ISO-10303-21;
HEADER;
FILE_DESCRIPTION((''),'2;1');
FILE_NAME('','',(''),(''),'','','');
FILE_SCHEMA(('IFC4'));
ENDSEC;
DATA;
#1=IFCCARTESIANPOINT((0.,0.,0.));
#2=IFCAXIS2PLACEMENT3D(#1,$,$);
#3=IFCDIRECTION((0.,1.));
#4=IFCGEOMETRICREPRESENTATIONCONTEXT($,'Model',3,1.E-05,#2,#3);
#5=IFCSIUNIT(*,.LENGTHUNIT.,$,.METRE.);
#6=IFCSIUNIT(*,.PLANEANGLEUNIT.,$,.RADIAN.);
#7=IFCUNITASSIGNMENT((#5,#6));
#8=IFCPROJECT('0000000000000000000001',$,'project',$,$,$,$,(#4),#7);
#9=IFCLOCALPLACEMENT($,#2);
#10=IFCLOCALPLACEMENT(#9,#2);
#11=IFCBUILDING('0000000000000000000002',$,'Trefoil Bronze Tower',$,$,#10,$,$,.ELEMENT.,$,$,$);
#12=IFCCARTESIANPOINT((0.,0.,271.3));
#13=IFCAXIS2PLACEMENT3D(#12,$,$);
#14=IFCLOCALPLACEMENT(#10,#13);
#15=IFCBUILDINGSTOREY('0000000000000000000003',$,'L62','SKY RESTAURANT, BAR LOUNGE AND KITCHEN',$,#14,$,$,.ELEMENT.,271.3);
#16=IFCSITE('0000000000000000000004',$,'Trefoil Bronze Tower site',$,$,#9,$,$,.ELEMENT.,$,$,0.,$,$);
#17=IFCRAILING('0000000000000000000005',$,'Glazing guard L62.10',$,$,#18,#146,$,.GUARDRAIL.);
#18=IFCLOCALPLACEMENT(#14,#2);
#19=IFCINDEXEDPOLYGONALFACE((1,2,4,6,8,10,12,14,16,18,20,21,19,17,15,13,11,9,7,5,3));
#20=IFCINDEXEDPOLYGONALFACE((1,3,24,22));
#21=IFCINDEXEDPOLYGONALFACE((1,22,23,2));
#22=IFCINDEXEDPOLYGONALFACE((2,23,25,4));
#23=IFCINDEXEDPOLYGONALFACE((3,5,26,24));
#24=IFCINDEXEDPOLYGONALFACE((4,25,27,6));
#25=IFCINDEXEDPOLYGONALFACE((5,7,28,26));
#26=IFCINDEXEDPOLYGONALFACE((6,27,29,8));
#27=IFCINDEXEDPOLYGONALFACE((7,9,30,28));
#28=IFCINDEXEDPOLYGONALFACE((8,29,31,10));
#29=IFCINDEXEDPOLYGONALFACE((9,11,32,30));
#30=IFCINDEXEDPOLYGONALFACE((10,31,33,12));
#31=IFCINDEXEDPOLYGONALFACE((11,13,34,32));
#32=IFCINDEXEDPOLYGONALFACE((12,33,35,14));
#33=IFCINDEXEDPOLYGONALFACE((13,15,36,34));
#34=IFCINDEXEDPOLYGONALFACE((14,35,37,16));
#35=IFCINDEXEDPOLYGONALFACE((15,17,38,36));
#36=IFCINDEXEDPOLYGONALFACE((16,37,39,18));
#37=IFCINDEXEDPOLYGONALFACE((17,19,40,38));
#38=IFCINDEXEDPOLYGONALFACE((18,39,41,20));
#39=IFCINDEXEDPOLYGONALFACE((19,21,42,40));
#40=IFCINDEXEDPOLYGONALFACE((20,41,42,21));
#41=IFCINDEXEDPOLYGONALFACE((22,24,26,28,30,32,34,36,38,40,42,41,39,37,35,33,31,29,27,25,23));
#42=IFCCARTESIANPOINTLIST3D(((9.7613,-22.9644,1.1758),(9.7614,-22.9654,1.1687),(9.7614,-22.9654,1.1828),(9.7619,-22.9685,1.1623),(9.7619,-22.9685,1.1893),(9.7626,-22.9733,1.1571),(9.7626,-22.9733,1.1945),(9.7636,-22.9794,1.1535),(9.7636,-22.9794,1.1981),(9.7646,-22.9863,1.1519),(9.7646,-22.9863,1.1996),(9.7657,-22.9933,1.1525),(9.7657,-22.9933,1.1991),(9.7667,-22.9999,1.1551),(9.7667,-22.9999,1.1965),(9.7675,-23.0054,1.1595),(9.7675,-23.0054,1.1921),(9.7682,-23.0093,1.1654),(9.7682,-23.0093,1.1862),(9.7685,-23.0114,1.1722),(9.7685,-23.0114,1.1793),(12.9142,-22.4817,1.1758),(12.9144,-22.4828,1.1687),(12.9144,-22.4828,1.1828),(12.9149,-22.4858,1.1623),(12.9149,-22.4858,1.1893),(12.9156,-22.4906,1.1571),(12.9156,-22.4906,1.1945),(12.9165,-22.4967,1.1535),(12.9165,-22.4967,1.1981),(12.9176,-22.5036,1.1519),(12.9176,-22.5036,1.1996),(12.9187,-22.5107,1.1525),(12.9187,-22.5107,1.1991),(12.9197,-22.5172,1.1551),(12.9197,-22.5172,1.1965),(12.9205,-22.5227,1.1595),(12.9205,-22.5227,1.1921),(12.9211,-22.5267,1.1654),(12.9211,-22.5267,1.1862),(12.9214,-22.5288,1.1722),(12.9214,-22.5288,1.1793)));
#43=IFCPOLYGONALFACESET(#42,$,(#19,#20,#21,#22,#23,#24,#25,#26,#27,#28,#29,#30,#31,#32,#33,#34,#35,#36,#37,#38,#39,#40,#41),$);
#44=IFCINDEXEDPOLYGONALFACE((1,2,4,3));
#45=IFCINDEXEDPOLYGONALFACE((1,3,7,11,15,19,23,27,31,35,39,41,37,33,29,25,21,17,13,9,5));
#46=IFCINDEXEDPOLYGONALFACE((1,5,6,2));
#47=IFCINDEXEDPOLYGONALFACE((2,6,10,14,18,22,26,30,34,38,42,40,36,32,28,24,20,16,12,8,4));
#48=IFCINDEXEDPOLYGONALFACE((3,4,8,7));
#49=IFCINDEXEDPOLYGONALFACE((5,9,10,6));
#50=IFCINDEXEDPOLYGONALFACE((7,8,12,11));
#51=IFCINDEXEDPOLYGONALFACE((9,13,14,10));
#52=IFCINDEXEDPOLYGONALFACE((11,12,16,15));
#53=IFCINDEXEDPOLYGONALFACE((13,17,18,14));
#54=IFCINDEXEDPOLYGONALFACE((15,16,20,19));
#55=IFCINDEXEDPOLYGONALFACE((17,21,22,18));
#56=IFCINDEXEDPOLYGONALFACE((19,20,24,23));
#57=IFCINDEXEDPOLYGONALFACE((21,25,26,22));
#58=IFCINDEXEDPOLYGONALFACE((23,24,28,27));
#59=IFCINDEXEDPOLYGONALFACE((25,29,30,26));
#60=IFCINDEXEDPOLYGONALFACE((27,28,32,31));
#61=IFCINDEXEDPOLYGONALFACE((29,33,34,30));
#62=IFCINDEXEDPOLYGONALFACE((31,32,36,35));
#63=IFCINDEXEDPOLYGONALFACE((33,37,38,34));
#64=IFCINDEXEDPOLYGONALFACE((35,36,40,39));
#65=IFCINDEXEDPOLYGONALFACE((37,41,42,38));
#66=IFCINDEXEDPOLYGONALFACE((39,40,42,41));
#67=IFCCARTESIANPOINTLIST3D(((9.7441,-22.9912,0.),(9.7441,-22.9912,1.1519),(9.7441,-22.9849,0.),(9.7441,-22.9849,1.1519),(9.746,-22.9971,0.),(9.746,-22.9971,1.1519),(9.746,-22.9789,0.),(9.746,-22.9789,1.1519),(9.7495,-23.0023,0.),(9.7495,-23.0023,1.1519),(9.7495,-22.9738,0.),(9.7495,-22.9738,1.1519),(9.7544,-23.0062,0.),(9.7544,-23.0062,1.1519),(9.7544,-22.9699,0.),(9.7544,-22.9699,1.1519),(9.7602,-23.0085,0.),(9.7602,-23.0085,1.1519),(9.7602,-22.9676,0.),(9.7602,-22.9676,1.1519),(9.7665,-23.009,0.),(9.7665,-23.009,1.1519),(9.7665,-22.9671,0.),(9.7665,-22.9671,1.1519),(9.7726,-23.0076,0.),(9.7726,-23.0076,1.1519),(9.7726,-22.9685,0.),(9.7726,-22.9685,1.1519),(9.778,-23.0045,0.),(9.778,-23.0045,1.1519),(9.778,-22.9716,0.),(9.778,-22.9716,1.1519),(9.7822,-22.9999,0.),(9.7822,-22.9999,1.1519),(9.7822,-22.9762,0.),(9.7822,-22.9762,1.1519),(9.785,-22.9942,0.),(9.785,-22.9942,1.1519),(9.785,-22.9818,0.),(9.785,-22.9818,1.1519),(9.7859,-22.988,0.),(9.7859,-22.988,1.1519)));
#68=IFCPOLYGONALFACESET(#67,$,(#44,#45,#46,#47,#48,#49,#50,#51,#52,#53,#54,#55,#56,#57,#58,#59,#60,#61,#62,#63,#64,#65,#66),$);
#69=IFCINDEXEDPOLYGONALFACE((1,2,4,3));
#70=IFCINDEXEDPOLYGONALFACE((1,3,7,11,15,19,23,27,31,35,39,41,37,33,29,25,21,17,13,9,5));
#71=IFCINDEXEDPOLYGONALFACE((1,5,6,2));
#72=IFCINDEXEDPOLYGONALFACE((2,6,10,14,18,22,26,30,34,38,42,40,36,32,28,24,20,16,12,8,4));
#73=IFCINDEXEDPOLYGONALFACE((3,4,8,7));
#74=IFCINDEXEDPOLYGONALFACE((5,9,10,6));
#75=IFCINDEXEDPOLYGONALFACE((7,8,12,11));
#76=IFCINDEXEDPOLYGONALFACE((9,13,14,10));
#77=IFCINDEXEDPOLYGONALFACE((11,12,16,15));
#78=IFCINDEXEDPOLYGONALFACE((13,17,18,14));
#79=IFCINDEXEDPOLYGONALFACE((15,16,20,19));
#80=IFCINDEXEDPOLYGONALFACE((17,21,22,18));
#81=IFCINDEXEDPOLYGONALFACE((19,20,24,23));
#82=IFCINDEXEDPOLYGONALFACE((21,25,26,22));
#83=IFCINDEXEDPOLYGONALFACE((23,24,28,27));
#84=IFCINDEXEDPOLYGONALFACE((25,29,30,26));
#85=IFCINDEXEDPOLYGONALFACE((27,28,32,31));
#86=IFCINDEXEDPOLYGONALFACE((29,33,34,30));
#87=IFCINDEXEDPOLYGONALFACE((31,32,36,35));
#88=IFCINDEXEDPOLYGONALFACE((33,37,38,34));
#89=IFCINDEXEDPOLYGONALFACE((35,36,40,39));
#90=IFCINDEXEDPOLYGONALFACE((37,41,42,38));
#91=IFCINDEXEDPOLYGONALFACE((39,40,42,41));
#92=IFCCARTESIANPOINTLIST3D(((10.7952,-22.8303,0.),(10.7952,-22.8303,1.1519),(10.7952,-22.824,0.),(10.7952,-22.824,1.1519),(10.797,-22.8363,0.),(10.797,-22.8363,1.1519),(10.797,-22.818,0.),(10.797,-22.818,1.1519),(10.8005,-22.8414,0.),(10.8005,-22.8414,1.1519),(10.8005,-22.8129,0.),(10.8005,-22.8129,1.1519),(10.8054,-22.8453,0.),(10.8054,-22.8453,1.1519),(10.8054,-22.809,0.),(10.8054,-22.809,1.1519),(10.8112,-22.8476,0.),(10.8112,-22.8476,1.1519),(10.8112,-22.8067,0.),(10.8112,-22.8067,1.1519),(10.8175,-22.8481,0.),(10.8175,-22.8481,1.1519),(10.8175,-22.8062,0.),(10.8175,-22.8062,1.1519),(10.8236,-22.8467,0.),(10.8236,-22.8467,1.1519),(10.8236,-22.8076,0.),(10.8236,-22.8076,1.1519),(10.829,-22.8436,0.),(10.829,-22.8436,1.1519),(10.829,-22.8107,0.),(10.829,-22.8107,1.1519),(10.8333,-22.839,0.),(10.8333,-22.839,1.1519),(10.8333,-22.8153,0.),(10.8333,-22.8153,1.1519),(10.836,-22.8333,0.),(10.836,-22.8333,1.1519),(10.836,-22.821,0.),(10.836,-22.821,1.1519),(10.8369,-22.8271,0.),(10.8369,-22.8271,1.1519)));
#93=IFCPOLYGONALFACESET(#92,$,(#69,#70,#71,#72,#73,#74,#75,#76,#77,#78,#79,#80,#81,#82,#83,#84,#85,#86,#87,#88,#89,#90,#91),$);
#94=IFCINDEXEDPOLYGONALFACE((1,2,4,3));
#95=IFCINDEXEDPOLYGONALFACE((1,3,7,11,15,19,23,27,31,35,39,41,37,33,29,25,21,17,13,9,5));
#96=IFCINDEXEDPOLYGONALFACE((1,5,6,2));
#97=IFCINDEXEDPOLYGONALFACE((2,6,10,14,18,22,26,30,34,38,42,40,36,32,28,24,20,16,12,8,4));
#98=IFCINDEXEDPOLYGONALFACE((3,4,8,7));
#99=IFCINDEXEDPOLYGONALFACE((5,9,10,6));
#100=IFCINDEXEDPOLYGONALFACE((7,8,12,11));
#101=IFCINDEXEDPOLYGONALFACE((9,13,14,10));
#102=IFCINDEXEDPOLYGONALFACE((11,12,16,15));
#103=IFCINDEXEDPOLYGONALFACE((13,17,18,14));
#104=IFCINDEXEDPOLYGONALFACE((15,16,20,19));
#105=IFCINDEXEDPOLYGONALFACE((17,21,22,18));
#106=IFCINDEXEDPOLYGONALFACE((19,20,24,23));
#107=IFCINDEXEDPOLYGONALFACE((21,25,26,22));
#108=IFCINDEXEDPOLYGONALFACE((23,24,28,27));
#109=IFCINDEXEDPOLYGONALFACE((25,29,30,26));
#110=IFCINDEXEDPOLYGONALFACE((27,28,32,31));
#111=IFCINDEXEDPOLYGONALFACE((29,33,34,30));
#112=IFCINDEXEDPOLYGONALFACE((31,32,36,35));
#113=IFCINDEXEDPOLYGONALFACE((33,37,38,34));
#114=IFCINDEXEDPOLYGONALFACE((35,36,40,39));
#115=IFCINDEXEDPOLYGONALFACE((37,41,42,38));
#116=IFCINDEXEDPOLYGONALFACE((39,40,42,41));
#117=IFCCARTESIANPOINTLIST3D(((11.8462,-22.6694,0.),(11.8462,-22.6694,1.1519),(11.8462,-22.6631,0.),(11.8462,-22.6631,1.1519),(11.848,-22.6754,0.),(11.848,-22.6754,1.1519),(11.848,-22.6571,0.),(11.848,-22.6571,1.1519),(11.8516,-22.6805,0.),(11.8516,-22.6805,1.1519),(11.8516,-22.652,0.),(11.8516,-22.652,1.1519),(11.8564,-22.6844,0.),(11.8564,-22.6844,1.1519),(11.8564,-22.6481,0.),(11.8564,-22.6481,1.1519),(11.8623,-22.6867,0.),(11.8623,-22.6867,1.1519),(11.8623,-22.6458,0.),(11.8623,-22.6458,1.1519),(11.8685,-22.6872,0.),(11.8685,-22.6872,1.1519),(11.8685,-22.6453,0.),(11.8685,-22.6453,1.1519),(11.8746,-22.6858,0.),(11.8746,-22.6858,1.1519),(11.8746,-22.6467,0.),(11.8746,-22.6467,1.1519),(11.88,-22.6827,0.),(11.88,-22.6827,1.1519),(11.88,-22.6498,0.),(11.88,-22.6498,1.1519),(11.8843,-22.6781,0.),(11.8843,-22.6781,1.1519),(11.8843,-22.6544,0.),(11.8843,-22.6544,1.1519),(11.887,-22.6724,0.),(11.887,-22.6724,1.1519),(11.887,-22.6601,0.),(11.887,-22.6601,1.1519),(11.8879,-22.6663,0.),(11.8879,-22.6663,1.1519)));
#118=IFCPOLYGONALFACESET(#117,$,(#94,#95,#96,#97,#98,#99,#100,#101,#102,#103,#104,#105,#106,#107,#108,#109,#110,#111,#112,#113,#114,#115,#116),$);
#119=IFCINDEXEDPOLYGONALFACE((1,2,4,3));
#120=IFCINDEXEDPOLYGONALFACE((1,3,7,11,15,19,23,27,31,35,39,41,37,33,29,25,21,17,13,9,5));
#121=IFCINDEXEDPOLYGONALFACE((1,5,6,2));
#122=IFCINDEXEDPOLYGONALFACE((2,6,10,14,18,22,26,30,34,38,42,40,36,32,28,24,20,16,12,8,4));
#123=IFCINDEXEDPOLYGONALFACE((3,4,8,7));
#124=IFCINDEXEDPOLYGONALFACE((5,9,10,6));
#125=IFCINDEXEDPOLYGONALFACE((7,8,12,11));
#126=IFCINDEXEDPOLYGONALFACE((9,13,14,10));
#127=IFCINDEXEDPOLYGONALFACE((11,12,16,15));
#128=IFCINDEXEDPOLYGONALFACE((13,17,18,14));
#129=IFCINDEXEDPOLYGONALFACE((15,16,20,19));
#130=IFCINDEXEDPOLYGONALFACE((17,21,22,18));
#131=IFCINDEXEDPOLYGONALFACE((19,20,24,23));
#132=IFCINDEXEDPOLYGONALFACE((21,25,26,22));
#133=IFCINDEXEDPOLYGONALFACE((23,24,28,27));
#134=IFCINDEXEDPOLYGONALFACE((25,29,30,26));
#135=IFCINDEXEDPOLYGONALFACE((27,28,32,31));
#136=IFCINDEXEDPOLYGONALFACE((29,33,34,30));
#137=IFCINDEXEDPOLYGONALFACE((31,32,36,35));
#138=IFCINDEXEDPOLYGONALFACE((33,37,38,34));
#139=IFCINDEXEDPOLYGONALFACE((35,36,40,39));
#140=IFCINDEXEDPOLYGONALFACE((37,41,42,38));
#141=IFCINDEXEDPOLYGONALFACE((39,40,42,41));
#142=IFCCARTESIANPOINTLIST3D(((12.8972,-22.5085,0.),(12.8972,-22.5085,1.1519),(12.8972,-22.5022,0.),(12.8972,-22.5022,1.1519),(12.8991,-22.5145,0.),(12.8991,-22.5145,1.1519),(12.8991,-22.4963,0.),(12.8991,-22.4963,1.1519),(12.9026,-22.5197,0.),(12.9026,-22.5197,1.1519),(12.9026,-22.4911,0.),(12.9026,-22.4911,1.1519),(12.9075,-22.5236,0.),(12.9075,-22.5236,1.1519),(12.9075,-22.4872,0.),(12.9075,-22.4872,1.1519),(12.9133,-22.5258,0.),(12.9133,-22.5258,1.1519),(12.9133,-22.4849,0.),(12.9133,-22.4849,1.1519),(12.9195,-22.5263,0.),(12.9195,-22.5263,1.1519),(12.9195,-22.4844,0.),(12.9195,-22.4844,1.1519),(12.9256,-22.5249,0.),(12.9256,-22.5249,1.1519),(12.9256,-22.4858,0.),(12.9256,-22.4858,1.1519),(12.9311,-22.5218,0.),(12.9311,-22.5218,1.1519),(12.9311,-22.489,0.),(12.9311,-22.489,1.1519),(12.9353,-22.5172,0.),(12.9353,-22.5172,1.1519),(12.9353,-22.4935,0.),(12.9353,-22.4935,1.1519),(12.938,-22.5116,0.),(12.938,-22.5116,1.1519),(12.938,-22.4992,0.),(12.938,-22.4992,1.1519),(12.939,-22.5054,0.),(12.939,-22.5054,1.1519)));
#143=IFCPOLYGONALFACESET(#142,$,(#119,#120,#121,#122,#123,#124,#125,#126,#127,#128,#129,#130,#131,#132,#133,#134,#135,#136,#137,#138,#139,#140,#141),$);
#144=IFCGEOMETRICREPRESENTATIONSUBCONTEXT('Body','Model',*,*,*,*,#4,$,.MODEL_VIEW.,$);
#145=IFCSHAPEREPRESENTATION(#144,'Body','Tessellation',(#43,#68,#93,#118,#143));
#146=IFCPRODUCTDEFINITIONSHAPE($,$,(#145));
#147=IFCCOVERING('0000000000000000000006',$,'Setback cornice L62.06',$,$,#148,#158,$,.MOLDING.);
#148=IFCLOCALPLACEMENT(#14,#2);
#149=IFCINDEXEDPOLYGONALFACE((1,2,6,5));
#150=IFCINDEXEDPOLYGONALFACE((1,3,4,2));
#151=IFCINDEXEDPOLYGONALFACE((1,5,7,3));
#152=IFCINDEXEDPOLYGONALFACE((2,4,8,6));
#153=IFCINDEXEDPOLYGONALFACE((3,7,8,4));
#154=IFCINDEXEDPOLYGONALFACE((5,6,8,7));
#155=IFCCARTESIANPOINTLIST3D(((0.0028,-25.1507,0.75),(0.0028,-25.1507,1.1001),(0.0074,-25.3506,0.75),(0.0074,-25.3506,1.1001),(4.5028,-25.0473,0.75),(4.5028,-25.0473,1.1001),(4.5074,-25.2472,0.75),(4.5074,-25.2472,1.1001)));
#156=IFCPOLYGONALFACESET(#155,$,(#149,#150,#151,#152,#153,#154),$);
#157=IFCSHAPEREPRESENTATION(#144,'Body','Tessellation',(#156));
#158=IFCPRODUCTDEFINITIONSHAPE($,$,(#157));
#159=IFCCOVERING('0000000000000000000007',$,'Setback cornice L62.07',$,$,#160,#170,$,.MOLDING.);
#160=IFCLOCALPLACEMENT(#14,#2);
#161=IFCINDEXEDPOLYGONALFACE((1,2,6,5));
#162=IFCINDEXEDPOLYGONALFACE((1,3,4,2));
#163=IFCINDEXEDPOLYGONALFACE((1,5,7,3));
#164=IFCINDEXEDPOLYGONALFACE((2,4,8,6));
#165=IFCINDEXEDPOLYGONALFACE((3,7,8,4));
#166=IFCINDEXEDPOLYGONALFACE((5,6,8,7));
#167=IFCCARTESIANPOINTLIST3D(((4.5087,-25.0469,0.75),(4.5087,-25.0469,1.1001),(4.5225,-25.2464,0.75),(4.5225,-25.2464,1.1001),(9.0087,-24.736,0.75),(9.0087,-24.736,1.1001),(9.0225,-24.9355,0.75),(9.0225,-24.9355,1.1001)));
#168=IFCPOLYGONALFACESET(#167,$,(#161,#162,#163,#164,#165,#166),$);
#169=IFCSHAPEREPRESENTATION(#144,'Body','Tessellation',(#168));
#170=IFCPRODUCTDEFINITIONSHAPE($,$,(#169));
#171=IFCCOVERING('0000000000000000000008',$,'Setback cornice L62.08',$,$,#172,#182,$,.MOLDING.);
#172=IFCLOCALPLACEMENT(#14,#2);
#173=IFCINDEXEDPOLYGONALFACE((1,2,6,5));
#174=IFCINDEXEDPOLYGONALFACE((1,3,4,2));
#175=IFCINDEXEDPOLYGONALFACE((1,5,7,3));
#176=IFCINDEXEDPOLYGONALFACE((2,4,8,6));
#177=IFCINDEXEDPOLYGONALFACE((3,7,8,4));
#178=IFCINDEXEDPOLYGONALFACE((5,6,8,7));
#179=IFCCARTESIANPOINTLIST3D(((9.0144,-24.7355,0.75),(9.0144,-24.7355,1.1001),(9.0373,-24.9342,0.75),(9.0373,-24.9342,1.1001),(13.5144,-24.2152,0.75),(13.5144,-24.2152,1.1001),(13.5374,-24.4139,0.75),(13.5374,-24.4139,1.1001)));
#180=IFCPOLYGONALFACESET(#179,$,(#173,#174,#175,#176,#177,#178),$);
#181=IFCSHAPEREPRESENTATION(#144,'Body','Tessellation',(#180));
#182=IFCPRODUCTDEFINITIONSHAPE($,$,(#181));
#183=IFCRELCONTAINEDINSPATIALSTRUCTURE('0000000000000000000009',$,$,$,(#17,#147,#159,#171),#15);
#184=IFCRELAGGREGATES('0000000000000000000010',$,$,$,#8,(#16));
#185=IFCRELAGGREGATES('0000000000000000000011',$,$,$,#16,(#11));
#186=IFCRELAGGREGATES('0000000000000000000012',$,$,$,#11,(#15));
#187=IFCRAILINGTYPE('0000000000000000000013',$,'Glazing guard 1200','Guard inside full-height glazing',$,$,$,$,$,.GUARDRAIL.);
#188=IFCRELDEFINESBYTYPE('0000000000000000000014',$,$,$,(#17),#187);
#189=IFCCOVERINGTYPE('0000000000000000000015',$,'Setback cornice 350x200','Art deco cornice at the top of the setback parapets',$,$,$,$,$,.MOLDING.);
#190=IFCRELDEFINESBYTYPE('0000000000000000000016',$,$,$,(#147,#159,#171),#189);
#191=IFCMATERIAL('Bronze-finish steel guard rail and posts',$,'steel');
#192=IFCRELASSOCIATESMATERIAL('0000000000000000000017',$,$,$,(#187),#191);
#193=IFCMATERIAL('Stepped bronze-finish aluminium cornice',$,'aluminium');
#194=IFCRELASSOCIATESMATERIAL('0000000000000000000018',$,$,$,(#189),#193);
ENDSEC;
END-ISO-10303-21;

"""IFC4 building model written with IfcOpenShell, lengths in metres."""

from ifc_helpers import new_model, si_unit, direction, frame, origin, origin_2d, place, context, subcontext, project, spatial, rectangle, circle, extrude, material, type_object, element, save


model = new_model("IFC4")

# Units and contexts
model_context = context("Model", 3, precision=1e-05, world=origin(), true_north=direction((0.0, 1.0)))
body_context = subcontext(model_context, "Body", "Model", "MODEL_VIEW")
ifc_project = project(units=[si_unit("LENGTHUNIT", "METRE"), si_unit("PLANEANGLEUNIT", "RADIAN")], contexts=[model_context])

# Site, building, storey
site_placement = place(None, origin())
site = spatial("IfcSite", under=ifc_project, at=site_placement, Name="Trefoil Bronze Tower site", CompositionType="ELEMENT", RefElevation=0.0)
building_placement = place(site_placement, origin())
building = spatial("IfcBuilding", under=site, at=building_placement, Name="Trefoil Bronze Tower", CompositionType="ELEMENT")
storey_placement = place(building_placement, frame((0.0, 0.0, 271.3)))
storey = spatial("IfcBuildingStorey", under=building, at=storey_placement, Name="L62", Description="SKY RESTAURANT, BAR LOUNGE AND KITCHEN", CompositionType="ELEMENT", Elevation=271.3)

# Railing
ifc_material_1 = material(Name="Bronze-finish steel guard rail and posts", Category="steel")
railing_type = type_object("IfcRailingType", Name="Glazing guard 1200", Description="Guard inside full-height glazing", PredefinedType="GUARDRAIL", material=ifc_material_1)
railing_1_placement = place(storey_placement, frame((9.7649, -22.988, 0.0)))
element("IfcRailing", 1, at=railing_1_placement, inside=storey, type_object=railing_type, Name="Glazing guard L62.10", PredefinedType="GUARDRAIL", context=body_context, shape_type="SweptSolid", body=[
    extrude(circle(Radius=0.0239, at=origin_2d()), frame((0.0, 0.0, 1.1758), z_axis=(0.988486, 0.151315, 0.0), x_axis=(-0.151315, 0.988486, 0.0)), (0.0, 0.0, 1.0), 3.1897),
    extrude(circle(Radius=0.021, at=origin_2d()), origin(), (0.0, 0.0, 1.0), 1.1519),
    extrude(circle(Radius=0.021, at=origin_2d()), frame((1.051, 0.1609, 0.0)), (0.0, 0.0, 1.0), 1.1519),
    extrude(circle(Radius=0.021, at=origin_2d()), frame((2.1021, 0.3218, 0.0)), (0.0, 0.0, 1.0), 1.1519),
    extrude(circle(Radius=0.021, at=origin_2d()), frame((3.1531, 0.4827, 0.0)), (0.0, 0.0, 1.0), 1.1519),
])

# Coverings
ifc_material_2 = material(Name="Stepped bronze-finish aluminium cornice", Category="aluminium")
covering_type = type_object("IfcCoveringType", Name="Setback cornice 350x200", Description="Art deco cornice at the top of the setback parapets", PredefinedType="MOLDING", material=ifc_material_2)
covering_1_placement = place(storey_placement, frame((2.2551, -25.199, 0.75), z_axis=(0.0, 0.0, 1.0), x_axis=(0.999736, 0.022972, 0.0)))
element("IfcCovering", 2, at=covering_1_placement, inside=storey, type_object=covering_type, Name="Setback cornice L62.06", PredefinedType="MOLDING", context=body_context, shape_type="SweptSolid", body=[
    extrude(rectangle(XDim=4.5012, YDim=0.2, at=origin_2d()), origin(), (0.0, 0.0, 1.0), 0.3501),
])
covering_2_placement = place(storey_placement, frame((6.7656, -24.9912, 0.75), z_axis=(0.0, 0.0, 1.0), x_axis=(0.997623, 0.068915, 0.0)))
element("IfcCovering", 3, at=covering_2_placement, inside=storey, type_object=covering_type, Name="Setback cornice L62.07", PredefinedType="MOLDING", context=body_context, shape_type="SweptSolid", body=[
    extrude(rectangle(XDim=4.5107, YDim=0.2, at=origin_2d()), origin(), (0.0, 0.0, 1.0), 0.3501),
])
covering_3_placement = place(storey_placement, frame((11.2759, -24.5747, 0.75), z_axis=(0.0, 0.0, 1.0), x_axis=(0.993382, 0.114859, 0.0)))
element("IfcCovering", 4, at=covering_3_placement, inside=storey, type_object=covering_type, Name="Setback cornice L62.08", PredefinedType="MOLDING", context=body_context, shape_type="SweptSolid", body=[
    extrude(rectangle(XDim=4.53, YDim=0.2, at=origin_2d()), origin(), (0.0, 0.0, 1.0), 0.3501),
])

save(model, "model.ifc")
